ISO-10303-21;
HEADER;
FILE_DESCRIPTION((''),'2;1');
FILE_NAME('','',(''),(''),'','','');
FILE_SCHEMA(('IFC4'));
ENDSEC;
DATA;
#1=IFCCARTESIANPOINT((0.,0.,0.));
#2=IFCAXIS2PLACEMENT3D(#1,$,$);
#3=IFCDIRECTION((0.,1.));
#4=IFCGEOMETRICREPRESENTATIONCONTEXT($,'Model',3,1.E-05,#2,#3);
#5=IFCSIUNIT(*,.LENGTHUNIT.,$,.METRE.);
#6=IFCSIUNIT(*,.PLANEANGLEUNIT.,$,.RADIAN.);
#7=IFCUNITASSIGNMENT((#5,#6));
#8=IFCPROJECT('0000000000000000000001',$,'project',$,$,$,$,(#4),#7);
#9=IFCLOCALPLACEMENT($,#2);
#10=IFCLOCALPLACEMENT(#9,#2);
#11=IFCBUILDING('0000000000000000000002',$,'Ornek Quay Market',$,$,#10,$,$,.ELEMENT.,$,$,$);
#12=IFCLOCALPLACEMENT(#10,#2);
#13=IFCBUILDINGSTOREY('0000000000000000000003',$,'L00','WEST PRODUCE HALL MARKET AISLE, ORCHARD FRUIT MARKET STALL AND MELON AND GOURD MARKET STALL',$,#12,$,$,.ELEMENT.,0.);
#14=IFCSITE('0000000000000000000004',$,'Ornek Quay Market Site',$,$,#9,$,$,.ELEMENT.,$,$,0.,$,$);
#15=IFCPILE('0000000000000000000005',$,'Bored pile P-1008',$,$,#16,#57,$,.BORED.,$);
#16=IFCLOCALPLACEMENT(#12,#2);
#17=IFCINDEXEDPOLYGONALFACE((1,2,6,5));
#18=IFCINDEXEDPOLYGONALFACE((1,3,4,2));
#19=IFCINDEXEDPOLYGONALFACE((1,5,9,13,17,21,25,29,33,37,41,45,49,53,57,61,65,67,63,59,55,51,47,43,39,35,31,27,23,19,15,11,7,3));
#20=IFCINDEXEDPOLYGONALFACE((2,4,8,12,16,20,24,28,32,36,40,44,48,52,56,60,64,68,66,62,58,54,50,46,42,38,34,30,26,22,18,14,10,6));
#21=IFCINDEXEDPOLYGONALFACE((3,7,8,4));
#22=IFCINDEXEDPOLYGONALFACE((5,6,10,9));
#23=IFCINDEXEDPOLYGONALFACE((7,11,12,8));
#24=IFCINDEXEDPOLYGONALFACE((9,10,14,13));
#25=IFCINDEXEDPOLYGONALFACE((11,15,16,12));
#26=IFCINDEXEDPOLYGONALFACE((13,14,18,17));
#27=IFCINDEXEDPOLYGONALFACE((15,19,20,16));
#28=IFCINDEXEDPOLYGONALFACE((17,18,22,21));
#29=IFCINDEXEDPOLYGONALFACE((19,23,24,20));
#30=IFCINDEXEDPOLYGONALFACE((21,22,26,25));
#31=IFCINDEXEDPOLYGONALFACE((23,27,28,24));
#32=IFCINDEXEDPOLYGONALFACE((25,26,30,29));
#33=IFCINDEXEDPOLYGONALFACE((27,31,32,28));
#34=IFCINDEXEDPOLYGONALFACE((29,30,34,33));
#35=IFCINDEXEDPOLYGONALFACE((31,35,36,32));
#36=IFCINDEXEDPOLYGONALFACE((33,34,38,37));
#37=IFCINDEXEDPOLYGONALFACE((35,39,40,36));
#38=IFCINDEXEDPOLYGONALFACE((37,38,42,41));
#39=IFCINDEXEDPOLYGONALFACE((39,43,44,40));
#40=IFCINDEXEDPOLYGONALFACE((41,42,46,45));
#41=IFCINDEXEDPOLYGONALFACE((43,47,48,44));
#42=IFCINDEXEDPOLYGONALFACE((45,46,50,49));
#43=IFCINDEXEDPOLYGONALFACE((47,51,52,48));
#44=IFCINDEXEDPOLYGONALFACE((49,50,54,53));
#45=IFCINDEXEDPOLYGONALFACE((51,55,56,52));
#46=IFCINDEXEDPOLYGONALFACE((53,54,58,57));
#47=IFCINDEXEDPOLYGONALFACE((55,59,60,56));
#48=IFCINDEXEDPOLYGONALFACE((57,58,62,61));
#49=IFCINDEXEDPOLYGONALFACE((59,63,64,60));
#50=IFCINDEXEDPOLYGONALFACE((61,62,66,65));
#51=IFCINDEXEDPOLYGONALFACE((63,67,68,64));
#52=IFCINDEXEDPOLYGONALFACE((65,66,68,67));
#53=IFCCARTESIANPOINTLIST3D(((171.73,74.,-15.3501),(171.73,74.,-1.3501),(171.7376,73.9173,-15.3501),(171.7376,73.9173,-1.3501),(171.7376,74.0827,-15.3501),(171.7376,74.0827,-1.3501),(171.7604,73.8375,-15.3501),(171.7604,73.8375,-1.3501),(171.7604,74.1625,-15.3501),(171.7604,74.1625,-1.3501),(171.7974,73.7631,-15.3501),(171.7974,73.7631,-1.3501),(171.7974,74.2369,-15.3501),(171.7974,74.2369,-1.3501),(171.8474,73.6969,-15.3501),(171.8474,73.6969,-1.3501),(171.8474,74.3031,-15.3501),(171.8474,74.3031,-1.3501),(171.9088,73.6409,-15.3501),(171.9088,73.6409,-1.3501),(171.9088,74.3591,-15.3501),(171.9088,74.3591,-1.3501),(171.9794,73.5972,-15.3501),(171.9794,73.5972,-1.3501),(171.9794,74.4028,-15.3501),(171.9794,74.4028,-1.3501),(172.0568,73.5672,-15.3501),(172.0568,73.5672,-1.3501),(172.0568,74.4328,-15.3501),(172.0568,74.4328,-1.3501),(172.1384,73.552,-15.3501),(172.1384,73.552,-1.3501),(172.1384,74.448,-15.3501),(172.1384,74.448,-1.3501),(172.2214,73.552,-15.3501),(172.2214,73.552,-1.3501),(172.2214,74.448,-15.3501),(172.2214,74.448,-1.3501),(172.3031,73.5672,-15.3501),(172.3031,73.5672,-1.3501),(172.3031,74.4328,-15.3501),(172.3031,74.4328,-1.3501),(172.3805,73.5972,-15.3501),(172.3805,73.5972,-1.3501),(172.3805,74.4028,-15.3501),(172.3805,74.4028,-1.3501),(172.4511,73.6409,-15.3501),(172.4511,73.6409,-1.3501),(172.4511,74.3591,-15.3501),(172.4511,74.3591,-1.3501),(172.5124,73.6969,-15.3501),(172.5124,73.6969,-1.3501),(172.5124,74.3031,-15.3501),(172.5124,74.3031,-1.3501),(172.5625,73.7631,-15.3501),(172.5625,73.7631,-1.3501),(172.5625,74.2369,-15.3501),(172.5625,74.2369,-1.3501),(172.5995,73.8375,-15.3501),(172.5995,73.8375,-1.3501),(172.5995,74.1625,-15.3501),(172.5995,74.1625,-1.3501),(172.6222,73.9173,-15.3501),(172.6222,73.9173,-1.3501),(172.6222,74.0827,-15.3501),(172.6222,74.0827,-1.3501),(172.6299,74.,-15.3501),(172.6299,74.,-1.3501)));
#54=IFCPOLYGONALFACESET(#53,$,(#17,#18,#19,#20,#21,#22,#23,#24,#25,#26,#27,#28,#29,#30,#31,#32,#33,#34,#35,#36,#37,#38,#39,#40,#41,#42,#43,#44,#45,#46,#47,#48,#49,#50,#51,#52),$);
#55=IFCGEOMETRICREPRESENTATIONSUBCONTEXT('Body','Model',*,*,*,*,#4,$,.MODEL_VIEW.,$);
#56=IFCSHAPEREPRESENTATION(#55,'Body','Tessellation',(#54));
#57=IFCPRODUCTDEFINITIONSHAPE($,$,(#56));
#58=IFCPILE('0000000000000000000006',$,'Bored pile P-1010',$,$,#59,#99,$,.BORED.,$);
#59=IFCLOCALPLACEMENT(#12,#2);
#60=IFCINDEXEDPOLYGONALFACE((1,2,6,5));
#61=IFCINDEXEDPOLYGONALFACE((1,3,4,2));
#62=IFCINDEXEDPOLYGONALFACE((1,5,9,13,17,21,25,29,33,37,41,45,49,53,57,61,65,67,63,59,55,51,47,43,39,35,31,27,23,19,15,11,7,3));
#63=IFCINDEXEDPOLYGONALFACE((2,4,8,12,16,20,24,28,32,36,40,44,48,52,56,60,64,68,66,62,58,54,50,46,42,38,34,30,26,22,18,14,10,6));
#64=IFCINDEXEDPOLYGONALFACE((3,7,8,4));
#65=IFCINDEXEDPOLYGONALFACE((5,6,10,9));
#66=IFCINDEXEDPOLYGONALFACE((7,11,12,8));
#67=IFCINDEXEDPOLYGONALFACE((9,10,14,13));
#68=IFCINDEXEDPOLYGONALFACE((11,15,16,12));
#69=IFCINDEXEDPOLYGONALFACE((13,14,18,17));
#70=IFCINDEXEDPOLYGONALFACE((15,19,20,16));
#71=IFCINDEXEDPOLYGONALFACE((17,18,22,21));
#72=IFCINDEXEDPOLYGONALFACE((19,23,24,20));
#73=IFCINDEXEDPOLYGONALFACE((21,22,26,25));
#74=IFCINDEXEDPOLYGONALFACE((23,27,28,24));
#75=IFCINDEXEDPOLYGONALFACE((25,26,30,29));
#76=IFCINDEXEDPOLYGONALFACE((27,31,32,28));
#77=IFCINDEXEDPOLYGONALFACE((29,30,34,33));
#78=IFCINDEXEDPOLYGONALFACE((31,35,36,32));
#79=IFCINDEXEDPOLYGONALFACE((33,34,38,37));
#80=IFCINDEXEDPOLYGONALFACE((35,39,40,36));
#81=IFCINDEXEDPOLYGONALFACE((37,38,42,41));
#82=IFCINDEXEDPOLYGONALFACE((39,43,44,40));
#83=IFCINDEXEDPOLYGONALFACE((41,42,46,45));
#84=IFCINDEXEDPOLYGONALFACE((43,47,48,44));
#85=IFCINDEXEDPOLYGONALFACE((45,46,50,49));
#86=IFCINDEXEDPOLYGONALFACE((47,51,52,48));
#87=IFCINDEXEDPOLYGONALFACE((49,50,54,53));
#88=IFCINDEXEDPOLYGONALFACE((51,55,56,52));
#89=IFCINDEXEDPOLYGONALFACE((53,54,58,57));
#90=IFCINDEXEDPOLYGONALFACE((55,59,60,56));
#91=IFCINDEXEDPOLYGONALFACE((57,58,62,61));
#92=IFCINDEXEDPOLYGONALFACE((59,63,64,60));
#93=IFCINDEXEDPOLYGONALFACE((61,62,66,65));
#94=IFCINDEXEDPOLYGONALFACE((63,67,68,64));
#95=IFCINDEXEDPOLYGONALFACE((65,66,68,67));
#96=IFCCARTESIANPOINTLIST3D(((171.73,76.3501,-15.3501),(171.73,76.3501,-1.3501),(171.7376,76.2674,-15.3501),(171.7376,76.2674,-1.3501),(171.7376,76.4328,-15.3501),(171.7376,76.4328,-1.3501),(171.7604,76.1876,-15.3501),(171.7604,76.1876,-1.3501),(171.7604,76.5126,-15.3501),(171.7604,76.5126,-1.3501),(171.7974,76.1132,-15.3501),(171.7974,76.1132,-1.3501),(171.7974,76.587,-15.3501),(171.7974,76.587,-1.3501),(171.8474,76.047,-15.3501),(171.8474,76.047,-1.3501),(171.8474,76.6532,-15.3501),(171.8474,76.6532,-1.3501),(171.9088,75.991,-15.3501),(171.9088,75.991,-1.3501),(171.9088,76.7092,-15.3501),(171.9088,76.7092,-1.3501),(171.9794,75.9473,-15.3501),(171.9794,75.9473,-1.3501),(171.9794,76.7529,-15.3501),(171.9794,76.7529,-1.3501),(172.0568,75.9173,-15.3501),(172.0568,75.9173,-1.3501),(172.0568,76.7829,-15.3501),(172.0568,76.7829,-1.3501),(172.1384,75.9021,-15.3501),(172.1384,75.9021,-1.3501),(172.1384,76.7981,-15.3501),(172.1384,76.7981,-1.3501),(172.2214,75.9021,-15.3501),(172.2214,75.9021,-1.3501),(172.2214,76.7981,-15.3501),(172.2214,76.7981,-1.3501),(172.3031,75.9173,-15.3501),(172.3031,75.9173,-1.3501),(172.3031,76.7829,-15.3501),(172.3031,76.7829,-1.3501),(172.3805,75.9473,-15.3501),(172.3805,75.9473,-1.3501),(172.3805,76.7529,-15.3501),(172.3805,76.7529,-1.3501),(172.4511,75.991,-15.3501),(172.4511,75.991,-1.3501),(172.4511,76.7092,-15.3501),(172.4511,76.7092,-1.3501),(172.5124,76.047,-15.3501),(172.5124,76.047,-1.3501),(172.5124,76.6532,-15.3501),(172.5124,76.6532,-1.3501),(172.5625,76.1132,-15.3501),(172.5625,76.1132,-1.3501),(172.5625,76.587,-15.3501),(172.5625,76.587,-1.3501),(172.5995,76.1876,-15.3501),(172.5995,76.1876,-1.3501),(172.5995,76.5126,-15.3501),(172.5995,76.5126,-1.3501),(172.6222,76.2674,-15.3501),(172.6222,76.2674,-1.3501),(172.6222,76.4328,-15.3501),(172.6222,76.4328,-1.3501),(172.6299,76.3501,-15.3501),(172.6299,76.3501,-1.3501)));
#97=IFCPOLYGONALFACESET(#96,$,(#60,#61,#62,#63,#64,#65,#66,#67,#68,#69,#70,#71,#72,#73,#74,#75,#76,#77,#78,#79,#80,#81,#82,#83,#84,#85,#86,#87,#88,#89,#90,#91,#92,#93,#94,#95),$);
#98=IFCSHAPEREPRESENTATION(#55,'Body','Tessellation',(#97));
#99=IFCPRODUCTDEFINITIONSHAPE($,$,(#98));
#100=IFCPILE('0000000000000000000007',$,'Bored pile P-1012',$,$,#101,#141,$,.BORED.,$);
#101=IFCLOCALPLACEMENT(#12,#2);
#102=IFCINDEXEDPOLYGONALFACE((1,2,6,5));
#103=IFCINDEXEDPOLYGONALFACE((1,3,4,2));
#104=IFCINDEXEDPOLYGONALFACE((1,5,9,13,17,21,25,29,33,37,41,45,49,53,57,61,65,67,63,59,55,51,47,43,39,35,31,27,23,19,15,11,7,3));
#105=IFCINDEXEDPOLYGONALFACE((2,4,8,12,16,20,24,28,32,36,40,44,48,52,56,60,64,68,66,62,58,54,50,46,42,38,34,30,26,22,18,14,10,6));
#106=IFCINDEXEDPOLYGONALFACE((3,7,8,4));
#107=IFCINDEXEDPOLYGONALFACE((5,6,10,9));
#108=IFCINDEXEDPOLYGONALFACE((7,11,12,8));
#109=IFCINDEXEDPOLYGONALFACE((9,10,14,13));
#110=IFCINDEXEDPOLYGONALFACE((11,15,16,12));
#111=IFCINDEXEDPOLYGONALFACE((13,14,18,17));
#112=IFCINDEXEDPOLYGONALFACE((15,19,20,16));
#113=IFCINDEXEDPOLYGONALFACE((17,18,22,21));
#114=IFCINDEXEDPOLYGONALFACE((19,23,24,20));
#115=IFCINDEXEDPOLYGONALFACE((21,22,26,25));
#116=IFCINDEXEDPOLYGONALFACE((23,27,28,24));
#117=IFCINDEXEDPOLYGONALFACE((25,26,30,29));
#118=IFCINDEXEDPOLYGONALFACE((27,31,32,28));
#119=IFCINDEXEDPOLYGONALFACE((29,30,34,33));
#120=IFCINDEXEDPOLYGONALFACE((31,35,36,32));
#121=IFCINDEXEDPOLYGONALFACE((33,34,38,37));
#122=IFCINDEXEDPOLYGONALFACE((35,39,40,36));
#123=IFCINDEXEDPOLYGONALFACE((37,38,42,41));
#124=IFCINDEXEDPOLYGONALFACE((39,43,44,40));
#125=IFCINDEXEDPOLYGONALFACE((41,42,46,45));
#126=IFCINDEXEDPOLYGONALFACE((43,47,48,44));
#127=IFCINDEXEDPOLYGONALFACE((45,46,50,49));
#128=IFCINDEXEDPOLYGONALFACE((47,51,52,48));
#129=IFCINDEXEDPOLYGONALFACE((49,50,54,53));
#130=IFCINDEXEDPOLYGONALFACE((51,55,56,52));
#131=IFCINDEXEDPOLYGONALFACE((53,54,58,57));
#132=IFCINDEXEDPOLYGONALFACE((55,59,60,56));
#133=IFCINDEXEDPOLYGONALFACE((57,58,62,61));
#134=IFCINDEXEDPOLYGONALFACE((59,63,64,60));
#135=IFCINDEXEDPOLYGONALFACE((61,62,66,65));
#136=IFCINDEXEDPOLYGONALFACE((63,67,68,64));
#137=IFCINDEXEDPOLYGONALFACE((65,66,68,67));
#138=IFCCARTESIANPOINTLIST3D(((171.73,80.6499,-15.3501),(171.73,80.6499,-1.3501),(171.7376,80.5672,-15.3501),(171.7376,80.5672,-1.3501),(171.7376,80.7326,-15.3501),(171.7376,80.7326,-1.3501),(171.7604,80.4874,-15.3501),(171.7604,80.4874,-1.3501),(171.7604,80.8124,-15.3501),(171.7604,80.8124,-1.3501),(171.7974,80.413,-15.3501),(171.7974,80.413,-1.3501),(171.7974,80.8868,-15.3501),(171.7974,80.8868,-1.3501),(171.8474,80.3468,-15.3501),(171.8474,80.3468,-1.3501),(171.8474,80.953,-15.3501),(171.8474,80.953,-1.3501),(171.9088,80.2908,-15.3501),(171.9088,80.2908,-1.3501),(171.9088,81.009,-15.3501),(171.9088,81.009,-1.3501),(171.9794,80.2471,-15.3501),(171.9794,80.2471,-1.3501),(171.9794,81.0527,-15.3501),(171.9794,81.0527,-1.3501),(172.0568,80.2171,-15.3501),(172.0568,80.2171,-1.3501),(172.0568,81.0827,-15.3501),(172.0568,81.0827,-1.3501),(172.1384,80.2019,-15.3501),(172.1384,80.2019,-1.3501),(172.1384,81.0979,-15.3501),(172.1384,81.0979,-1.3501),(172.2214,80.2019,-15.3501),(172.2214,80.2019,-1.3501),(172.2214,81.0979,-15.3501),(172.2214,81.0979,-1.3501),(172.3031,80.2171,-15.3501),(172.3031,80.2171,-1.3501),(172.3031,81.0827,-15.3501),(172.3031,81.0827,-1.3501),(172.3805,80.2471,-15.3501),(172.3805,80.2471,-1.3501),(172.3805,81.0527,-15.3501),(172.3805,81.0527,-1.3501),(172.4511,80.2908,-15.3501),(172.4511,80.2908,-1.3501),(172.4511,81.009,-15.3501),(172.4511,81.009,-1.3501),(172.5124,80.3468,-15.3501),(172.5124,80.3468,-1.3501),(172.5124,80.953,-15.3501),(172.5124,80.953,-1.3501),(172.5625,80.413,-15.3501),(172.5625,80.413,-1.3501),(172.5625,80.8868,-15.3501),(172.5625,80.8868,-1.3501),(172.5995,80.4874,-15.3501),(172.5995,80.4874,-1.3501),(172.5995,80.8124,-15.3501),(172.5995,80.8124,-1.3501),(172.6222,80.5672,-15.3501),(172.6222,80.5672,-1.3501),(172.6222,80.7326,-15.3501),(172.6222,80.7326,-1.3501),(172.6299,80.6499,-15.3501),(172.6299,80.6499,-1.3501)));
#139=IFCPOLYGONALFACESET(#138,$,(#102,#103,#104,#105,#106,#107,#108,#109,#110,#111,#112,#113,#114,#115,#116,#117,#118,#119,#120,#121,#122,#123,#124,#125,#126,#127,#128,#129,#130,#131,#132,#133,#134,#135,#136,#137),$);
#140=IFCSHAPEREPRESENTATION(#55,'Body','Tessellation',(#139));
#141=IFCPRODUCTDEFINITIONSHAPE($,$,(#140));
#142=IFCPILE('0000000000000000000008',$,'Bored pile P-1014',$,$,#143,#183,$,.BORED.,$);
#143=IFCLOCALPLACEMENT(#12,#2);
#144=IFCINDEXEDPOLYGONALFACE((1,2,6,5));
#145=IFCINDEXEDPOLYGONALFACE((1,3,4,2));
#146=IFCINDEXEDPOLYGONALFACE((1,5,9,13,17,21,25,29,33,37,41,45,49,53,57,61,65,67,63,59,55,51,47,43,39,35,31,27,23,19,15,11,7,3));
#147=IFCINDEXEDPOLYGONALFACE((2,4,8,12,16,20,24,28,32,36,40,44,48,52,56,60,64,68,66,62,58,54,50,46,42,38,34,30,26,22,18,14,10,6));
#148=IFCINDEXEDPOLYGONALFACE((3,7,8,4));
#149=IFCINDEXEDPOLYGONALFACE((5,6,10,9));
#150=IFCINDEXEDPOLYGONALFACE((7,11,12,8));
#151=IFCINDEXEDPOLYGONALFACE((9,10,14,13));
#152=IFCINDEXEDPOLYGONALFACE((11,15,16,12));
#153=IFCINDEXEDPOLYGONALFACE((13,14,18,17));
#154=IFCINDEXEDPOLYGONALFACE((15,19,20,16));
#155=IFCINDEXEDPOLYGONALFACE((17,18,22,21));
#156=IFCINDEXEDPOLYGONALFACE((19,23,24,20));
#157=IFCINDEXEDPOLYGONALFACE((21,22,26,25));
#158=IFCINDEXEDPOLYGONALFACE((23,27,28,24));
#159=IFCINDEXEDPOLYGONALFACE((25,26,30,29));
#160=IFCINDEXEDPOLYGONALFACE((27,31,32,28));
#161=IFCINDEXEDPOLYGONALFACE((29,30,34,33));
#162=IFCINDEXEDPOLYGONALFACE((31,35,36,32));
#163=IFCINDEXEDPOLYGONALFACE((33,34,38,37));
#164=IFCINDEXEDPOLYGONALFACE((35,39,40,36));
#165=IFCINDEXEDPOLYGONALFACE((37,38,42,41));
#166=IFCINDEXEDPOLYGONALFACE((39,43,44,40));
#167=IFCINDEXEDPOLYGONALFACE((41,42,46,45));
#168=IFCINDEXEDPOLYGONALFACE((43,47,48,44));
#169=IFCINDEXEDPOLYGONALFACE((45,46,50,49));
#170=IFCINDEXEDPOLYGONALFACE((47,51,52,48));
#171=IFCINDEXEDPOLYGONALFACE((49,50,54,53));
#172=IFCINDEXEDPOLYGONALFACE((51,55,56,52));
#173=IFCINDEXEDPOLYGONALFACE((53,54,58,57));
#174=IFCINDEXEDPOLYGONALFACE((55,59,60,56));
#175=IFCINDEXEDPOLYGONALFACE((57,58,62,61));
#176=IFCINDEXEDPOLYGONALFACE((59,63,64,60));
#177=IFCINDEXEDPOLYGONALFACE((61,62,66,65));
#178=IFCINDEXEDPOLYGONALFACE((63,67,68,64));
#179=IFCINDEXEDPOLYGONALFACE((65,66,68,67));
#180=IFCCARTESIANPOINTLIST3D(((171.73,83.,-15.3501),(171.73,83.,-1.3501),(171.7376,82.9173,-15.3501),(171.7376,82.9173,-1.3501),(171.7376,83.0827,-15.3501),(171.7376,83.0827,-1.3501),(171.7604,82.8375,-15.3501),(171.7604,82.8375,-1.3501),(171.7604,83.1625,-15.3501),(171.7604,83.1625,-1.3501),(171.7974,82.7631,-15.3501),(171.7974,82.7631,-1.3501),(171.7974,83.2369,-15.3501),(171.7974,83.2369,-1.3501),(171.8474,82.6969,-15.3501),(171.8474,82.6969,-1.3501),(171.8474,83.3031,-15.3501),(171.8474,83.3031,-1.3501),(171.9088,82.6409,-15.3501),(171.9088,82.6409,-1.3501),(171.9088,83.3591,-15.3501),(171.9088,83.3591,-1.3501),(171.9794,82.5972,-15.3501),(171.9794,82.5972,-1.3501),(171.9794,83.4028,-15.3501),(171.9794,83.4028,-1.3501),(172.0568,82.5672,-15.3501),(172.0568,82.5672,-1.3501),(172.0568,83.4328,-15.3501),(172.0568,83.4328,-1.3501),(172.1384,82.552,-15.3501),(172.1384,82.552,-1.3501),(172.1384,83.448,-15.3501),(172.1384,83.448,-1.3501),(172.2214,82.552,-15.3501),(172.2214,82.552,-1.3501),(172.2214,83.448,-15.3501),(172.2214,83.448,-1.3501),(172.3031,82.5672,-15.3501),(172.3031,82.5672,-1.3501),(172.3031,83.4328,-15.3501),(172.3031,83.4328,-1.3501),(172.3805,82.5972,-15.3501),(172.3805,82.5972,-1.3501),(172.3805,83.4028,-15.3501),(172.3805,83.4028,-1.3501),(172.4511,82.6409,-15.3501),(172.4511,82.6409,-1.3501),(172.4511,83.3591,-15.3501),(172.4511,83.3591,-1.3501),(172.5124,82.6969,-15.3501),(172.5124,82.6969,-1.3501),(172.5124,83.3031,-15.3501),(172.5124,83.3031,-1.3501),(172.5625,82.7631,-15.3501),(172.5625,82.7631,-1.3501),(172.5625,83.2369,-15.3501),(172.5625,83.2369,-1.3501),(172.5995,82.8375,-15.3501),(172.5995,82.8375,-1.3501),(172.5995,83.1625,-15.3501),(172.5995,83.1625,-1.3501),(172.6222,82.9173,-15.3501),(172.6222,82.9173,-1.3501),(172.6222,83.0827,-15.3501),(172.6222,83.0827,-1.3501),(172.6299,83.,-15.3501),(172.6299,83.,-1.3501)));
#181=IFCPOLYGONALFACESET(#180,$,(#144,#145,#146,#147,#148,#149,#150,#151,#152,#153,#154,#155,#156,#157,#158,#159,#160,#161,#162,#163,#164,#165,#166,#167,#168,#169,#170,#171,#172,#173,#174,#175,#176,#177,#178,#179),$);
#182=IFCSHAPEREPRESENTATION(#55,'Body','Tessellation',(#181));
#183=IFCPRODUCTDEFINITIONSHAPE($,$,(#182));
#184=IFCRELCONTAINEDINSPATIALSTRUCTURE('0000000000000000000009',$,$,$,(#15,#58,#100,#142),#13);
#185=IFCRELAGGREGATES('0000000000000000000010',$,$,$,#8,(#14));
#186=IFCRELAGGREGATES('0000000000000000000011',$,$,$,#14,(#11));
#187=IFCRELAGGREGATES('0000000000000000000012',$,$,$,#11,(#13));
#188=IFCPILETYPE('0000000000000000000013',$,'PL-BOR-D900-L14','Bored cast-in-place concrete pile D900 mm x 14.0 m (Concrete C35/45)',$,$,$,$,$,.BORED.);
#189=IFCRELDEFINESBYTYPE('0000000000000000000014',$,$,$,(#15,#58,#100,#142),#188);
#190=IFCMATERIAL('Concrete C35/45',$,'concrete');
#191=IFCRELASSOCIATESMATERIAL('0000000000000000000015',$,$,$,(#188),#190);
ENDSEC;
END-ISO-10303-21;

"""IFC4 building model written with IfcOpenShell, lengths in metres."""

from ifc_helpers import new_model, si_unit, direction, frame, origin, origin_2d, place, context, subcontext, project, spatial, circle, extrude, material, material_profile, profile_set, type_object, element, save


model = new_model("IFC4")

# Units and contexts
model_context = context("Model", 3, precision=1e-05, world=origin(), true_north=direction((0.0, 1.0)))
body_context = subcontext(model_context, "Body", "Model", "MODEL_VIEW")
ifc_project = project(units=[si_unit("LENGTHUNIT", "METRE"), si_unit("PLANEANGLEUNIT", "RADIAN")], contexts=[model_context])

# Site, building, storey
site_placement = place(None, origin())
site = spatial("IfcSite", under=ifc_project, at=site_placement, Name="Ornek Quay Market Site", CompositionType="ELEMENT", RefElevation=0.0)
building_placement = place(site_placement, origin())
building = spatial("IfcBuilding", under=site, at=building_placement, Name="Ornek Quay Market", CompositionType="ELEMENT")
storey_placement = place(building_placement, origin())
storey = spatial("IfcBuildingStorey", under=building, at=storey_placement, Name="L00", Description="WEST PRODUCE HALL MARKET AISLE, ORCHARD FRUIT MARKET STALL AND MELON AND GOURD MARKET STALL", CompositionType="ELEMENT", Elevation=0.0)

# Piles
ifc_material_1 = material(Name="Concrete C35/45", Category="concrete")
ifc_material_profile_1 = material_profile(ifc_material_1, circle(Radius=0.45, at=origin_2d()), Name="PILE D900", Category="concrete")
ifc_profile_set_1 = profile_set([ifc_material_profile_1], Name="Concrete C35/45")
pile_type = type_object("IfcPileType", Name="PL-BOR-D900-L14", Description="Bored cast-in-place concrete pile D900 mm x 14.0 m (Concrete C35/45)", PredefinedType="BORED", material=ifc_profile_set_1)
for number, where, z_axis, x_axis, name in (
    (1, (172.1799, 74.0, -1.3501), (0.0, 0.0, -1.0), (1.0, 0.0, 0.0), "Bored pile P-1008"),
    (2, (172.1799, 76.3501, -1.3501), (0.0, 0.0, -1.0), (1.0, 0.0, 0.0), "Bored pile P-1010"),
    (3, (172.1799, 80.6499, -1.3501), (0.0, 0.0, -1.0), (1.0, 0.0, 0.0), "Bored pile P-1012"),
    (4, (172.1799, 83.0, -1.3501), (0.0, 0.0, -1.0), (1.0, 0.0, 0.0), "Bored pile P-1014"),
):
    element("IfcPile", number, at=place(storey_placement, frame(where, z_axis=z_axis, x_axis=x_axis)), inside=storey, type_object=pile_type, Name=name, PredefinedType="BORED", context=body_context, shape_type="SweptSolid", body=[
        extrude(circle(Radius=0.45, at=origin_2d()), origin(), (0.0, 0.0, 1.0), 14.0),
    ])

save(model, "model.ifc")
